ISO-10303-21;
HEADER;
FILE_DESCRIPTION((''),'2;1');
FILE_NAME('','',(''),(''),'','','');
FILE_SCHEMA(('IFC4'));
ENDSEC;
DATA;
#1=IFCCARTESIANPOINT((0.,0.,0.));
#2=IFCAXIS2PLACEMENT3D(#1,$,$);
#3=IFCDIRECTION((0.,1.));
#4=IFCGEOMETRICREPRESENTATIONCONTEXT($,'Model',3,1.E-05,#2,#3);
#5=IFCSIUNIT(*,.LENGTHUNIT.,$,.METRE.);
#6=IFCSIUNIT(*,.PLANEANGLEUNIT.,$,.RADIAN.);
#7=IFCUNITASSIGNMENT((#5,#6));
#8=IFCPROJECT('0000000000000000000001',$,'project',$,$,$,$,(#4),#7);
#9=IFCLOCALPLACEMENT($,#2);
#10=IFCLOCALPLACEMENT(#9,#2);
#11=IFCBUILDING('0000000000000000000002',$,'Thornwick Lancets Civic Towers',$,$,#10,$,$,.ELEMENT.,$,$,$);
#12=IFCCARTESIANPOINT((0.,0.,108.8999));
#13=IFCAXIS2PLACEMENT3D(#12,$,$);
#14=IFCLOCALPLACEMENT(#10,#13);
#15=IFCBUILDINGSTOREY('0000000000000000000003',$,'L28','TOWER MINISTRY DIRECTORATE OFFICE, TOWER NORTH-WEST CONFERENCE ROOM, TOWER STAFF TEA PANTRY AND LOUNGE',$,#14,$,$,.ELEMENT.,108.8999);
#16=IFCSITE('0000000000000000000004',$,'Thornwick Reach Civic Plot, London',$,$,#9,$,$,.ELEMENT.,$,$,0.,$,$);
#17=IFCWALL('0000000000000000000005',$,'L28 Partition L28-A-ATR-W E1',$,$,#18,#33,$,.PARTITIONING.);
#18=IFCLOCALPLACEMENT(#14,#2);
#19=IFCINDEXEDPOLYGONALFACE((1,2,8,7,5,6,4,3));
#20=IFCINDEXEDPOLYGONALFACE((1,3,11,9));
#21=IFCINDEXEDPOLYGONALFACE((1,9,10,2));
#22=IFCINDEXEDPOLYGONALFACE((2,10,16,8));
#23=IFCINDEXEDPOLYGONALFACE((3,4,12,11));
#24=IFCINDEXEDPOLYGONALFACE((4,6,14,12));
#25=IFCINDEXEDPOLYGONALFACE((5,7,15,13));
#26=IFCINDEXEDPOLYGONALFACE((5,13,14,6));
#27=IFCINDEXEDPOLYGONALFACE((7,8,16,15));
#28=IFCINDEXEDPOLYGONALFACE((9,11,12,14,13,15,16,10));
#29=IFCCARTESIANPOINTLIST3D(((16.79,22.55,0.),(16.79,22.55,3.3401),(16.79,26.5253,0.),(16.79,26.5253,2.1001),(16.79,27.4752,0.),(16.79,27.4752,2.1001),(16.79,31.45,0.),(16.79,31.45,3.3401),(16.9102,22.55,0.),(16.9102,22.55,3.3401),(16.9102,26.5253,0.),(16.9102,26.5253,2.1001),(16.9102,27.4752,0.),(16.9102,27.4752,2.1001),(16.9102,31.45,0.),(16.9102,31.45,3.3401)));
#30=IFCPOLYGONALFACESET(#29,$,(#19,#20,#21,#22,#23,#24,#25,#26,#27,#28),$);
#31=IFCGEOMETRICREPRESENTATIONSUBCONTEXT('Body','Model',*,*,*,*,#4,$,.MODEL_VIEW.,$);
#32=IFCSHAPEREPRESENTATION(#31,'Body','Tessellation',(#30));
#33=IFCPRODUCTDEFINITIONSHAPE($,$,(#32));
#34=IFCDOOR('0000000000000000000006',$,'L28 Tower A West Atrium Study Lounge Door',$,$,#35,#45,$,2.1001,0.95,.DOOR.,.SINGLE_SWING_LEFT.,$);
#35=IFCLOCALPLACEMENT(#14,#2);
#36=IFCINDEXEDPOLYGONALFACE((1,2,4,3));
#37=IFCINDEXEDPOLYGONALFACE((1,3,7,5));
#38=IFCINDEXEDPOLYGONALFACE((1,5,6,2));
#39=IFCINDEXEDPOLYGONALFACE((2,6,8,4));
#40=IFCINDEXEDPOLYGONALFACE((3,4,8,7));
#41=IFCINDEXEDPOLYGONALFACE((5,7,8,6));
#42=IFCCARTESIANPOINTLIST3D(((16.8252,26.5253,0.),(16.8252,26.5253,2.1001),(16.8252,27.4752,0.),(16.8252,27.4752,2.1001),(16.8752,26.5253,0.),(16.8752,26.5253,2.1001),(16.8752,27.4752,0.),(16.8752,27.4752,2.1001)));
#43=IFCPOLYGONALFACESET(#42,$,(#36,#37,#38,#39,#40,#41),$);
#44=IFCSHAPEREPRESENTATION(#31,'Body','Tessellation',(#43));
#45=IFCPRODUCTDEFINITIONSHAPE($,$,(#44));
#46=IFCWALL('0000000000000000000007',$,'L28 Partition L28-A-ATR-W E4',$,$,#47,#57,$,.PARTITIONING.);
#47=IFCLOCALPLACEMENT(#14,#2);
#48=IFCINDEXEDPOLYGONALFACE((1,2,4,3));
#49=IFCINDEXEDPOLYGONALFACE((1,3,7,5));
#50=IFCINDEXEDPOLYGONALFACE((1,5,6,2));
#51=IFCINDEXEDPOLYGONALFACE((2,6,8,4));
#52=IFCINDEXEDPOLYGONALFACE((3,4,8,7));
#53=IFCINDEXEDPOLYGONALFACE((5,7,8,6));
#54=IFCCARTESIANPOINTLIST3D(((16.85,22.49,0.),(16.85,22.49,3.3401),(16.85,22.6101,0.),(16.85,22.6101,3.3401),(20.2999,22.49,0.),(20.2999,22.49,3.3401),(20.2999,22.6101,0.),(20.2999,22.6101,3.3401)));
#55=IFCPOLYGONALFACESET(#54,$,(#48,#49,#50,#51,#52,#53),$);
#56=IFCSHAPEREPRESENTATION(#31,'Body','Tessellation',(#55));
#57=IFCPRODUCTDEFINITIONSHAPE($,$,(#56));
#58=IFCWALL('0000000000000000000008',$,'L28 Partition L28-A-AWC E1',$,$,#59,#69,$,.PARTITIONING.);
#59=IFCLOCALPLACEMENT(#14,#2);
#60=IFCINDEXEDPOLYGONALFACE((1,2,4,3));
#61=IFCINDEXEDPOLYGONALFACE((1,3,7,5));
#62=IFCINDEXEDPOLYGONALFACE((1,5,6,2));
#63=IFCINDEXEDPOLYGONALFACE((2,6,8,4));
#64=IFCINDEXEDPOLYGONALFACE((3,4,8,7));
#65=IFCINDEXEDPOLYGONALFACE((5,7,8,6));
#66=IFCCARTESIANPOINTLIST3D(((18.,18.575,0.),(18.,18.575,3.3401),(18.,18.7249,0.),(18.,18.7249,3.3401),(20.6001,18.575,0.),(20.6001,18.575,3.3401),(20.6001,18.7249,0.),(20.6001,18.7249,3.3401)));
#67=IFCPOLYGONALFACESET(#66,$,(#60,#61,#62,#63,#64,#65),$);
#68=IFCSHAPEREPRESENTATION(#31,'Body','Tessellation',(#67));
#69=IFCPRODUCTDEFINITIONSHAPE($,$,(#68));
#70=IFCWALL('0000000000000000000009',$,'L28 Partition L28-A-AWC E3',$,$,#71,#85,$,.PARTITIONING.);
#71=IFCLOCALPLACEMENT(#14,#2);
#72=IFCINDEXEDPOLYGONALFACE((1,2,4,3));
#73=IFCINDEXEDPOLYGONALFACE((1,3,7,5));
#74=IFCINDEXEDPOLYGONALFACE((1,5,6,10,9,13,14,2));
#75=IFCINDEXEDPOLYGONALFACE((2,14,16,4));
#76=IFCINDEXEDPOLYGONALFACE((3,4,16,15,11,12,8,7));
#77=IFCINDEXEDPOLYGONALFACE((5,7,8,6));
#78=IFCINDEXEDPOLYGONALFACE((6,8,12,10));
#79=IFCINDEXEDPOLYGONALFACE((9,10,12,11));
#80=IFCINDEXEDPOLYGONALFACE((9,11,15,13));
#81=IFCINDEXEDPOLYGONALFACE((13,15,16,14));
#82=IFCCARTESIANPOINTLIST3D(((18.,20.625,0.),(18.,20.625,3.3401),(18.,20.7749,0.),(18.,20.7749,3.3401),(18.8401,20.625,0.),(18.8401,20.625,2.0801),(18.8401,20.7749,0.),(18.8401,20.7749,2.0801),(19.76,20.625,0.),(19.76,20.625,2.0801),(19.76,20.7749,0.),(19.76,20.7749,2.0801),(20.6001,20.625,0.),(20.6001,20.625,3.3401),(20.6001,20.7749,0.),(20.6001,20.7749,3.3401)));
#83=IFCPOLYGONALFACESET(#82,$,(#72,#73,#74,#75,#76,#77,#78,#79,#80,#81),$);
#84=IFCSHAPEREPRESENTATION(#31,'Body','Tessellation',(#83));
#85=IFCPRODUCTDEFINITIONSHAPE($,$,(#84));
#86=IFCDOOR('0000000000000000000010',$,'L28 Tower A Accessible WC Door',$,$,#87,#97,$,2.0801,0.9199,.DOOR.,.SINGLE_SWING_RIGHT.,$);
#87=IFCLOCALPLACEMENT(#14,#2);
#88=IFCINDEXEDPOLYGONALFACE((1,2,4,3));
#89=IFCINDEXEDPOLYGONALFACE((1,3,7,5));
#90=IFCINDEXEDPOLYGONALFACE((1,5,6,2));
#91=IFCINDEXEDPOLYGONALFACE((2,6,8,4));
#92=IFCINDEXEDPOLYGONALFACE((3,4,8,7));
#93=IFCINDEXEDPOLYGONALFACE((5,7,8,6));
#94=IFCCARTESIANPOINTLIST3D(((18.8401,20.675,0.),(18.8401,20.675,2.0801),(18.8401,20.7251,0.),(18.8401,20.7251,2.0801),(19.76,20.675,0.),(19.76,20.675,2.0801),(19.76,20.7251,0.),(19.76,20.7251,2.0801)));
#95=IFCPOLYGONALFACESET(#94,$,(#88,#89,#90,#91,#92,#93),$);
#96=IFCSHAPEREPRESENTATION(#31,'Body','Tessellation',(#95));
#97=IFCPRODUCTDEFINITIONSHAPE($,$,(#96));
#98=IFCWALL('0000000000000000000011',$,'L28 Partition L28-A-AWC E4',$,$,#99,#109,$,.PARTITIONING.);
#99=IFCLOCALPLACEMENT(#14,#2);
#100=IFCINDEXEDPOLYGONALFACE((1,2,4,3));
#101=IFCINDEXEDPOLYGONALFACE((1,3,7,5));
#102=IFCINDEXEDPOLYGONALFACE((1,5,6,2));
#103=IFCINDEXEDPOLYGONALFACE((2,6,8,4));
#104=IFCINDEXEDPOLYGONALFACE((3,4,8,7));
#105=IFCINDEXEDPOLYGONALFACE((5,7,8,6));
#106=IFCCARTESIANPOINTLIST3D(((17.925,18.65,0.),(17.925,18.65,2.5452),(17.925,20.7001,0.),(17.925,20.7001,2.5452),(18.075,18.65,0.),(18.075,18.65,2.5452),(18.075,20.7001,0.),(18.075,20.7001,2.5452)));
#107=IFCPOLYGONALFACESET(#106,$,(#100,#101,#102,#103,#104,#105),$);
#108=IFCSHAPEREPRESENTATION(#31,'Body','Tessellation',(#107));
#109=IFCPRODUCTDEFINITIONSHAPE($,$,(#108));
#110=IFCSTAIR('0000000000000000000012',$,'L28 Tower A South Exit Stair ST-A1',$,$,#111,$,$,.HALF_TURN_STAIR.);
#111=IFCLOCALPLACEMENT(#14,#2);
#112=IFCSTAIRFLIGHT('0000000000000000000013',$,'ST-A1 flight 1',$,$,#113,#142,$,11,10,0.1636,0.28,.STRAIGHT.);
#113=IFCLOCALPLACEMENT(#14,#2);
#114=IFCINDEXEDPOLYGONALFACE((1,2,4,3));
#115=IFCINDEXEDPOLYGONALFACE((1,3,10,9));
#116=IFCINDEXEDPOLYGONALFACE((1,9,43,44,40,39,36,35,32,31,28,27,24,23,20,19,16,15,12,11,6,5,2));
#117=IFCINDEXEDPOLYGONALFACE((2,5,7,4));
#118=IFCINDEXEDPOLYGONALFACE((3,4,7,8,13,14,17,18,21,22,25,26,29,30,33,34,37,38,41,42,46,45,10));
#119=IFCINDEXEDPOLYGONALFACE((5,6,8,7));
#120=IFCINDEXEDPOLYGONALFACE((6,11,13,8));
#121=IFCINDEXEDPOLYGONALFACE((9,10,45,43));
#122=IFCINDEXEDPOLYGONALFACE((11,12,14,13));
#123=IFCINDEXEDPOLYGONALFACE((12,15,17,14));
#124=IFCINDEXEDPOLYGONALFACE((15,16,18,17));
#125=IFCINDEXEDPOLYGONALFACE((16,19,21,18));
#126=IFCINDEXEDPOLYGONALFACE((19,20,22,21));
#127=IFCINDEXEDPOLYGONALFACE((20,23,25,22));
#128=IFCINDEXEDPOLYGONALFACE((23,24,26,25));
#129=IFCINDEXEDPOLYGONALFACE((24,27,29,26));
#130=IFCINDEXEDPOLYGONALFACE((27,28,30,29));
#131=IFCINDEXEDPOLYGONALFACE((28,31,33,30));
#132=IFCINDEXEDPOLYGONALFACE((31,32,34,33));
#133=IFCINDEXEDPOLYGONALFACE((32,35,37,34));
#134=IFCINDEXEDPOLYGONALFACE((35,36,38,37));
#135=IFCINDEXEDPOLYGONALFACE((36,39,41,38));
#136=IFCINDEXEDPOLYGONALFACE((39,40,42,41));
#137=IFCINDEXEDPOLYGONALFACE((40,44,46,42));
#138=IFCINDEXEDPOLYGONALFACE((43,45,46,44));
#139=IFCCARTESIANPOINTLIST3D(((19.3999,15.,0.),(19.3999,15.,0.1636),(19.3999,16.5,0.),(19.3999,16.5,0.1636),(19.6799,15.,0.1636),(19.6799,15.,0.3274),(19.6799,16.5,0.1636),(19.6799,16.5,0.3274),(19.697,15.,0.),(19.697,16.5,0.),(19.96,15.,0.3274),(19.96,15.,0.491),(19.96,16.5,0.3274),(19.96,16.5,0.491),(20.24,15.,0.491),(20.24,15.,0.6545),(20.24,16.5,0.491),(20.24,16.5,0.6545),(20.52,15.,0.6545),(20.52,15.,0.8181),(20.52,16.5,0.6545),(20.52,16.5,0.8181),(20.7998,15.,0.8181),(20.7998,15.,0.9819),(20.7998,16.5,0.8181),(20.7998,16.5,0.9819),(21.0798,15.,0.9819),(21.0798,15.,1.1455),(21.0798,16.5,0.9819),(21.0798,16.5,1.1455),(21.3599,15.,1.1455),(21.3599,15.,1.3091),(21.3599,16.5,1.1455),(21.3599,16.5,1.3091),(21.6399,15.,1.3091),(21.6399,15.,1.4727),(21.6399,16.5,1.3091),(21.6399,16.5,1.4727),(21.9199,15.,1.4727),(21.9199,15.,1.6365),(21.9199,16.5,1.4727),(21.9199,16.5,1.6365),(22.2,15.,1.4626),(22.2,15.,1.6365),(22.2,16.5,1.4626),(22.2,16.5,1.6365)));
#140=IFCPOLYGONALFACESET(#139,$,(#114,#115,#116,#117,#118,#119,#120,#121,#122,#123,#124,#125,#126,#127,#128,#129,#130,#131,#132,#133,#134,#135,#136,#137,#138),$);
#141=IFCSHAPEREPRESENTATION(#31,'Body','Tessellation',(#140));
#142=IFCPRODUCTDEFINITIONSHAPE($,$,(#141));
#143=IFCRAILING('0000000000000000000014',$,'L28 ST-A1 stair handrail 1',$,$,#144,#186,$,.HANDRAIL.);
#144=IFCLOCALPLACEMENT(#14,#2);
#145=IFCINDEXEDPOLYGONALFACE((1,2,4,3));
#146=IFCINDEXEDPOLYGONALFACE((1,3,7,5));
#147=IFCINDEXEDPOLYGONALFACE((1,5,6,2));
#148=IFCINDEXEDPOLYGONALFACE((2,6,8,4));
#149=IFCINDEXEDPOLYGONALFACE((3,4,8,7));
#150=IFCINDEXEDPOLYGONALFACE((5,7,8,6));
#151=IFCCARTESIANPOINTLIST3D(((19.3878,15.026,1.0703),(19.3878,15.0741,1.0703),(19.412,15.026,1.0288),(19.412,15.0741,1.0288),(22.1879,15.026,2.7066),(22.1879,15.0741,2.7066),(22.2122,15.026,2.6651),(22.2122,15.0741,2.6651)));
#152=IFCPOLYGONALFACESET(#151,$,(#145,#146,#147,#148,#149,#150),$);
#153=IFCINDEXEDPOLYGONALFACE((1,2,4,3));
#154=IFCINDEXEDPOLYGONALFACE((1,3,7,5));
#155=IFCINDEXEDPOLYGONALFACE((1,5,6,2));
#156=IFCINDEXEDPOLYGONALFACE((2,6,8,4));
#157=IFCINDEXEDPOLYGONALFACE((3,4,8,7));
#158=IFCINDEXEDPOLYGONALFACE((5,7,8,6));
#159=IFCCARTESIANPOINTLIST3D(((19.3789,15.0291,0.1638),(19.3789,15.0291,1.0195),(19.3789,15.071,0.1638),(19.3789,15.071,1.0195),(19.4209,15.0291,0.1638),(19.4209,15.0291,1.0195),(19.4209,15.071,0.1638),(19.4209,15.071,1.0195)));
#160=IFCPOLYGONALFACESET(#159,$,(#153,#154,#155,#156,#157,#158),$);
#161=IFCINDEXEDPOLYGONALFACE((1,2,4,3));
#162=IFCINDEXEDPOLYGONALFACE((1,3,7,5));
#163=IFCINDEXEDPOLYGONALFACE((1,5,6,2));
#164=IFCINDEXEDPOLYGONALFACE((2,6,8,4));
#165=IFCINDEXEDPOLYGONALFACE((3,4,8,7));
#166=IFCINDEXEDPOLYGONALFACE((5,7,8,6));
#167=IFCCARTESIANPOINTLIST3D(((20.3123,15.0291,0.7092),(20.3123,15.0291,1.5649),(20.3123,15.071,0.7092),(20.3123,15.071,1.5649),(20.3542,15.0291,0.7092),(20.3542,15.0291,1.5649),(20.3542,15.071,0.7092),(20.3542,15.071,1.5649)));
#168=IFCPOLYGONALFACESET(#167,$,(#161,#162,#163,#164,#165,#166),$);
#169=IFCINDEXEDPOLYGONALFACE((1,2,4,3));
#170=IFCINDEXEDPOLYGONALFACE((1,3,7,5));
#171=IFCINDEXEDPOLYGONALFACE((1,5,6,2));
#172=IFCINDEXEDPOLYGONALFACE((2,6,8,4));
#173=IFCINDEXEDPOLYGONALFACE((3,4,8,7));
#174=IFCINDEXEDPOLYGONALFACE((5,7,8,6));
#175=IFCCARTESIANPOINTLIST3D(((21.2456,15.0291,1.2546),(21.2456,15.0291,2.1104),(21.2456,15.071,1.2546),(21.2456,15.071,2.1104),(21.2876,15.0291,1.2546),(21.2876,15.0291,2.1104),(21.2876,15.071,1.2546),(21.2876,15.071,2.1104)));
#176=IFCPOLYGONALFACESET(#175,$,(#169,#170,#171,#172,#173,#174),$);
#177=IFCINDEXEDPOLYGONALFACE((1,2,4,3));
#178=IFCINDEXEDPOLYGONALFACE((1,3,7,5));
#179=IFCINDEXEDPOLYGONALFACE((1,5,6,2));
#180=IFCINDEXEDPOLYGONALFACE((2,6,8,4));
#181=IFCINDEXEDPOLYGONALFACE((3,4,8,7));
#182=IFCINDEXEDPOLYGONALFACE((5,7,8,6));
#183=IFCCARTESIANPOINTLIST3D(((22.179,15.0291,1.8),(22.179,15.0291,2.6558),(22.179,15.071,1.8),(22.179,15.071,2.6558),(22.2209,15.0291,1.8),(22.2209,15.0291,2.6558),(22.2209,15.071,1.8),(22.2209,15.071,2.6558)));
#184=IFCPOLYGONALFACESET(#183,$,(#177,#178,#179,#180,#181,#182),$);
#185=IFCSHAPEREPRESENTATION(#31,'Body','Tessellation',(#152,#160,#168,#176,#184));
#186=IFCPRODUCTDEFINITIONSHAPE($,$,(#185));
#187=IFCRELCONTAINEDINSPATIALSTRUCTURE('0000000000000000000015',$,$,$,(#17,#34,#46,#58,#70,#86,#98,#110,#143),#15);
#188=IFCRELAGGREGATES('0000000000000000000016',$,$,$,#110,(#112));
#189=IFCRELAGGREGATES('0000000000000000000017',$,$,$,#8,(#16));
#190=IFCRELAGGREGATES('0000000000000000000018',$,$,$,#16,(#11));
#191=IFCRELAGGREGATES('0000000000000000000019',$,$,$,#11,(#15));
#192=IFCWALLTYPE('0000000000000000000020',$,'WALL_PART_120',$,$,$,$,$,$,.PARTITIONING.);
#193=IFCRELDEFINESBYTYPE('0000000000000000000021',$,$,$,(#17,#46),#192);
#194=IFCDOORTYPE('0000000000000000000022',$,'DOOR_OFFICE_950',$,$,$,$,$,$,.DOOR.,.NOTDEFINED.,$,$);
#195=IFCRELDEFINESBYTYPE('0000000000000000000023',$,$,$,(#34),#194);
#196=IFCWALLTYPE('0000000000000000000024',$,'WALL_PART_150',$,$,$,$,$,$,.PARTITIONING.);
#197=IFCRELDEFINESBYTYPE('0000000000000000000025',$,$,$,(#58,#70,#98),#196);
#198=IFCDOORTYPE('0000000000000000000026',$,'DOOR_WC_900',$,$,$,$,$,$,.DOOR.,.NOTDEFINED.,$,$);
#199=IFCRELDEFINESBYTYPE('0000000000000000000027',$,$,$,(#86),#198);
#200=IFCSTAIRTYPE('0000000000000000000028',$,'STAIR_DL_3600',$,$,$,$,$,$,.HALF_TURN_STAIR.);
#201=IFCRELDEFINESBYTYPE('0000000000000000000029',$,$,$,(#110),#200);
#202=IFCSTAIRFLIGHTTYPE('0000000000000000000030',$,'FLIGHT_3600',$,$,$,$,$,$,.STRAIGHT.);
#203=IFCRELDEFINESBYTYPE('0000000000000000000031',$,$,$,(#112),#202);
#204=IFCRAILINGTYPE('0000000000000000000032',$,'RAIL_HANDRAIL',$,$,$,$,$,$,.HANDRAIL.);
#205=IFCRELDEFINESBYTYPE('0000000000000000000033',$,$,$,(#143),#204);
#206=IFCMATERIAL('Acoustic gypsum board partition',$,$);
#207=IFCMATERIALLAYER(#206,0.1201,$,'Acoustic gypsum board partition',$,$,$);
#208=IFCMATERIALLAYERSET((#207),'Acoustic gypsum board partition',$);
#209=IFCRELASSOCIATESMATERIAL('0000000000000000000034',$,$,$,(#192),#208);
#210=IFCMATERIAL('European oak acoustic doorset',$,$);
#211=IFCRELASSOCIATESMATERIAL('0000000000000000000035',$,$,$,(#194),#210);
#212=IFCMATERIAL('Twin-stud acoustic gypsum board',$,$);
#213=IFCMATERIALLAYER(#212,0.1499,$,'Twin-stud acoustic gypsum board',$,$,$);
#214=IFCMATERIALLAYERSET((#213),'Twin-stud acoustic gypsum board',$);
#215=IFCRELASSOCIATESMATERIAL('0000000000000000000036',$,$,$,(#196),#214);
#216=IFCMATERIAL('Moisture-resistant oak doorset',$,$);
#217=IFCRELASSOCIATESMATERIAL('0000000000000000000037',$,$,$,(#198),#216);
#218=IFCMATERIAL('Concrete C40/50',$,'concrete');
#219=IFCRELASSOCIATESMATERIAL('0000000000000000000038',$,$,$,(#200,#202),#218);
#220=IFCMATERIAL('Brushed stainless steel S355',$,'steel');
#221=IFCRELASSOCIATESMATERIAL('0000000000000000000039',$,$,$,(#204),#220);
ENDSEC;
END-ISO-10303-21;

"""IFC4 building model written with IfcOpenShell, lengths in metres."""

from ifc_helpers import new_model, si_unit, direction, frame, frame_2d, origin, origin_2d, place, context, subcontext, project, spatial, polyline, rectangle, outline, extrude, material, layer, layer_set, type_object, element, fill, aggregate, save


model = new_model("IFC4")

# Units and contexts
model_context = context("Model", 3, precision=1e-05, world=origin(), true_north=direction((0.0, 1.0)))
body_context = subcontext(model_context, "Body", "Model", "MODEL_VIEW")
ifc_project = project(units=[si_unit("LENGTHUNIT", "METRE"), si_unit("PLANEANGLEUNIT", "RADIAN")], contexts=[model_context])

# Site, building, storey
site_placement = place(None, origin())
site = spatial("IfcSite", under=ifc_project, at=site_placement, Name="Thornwick Reach Civic Plot, London", CompositionType="ELEMENT", RefElevation=0.0)
building_placement = place(site_placement, origin())
building = spatial("IfcBuilding", under=site, at=building_placement, Name="Thornwick Lancets Civic Towers", CompositionType="ELEMENT")
storey_placement = place(building_placement, frame((0.0, 0.0, 108.8999)))
storey = spatial("IfcBuildingStorey", under=building, at=storey_placement, Name="L28", Description="TOWER MINISTRY DIRECTORATE OFFICE, TOWER NORTH-WEST CONFERENCE ROOM, TOWER STAFF TEA PANTRY AND LOUNGE", CompositionType="ELEMENT", Elevation=108.8999)

# Shared definitions
ifc_material_1 = material(Name="Acoustic gypsum board partition")
ifc_layer_1 = layer(ifc_material_1, 0.1201, Name="Acoustic gypsum board partition")
ifc_layer_set_1 = layer_set([ifc_layer_1], Name="Acoustic gypsum board partition")
wall_type_1 = type_object("IfcWallType", Name="WALL_PART_120", PredefinedType="PARTITIONING", material=ifc_layer_set_1)

# Wall, opening, door
wall_1_placement = place(storey_placement, frame((16.8501, 22.55, 0.0), z_axis=(0.0, 0.0, 1.0), x_axis=(0.0, 1.0, 0.0)))
wall_1 = element("IfcWall", 1, at=wall_1_placement, inside=storey, type_object=wall_type_1, Name="L28 Partition L28-A-ATR-W E1", PredefinedType="PARTITIONING", context=body_context, shape_type="SweptSolid", body=[
    extrude(rectangle(XDim=8.8999, YDim=0.1201, at=frame_2d((4.45, 0.0))), origin(), (0.0, 0.0, 1.0), 3.3401),
])
opening_1_placement = place(wall_1_placement, frame((3.9751, 0.0, 0.0)))
opening_1 = element("IfcOpeningElement", 2, at=opening_1_placement, cuts=wall_1, PredefinedType="OPENING", context=body_context, shape_type="SweptSolid", body=[
    extrude(rectangle(XDim=0.95, YDim=2.1001, at=frame_2d((0.4751, 1.05))), frame((0.0, 0.0701, 0.0), z_axis=(0.0, -1.0, 0.0), x_axis=(1.0, 0.0, 0.0)), (0.0, 0.0, 1.0), 0.1401),
])
ifc_material_2 = material(Name="European oak acoustic doorset")
door_type_1 = type_object("IfcDoorType", Name="DOOR_OFFICE_950", OperationType="NOTDEFINED", PredefinedType="DOOR", material=ifc_material_2)
door_1_placement = place(opening_1_placement, origin())
door_1 = element("IfcDoor", 3, at=door_1_placement, inside=storey, type_object=door_type_1, Name="L28 Tower A West Atrium Study Lounge Door", OperationType="SINGLE_SWING_LEFT", OverallHeight=2.1001, OverallWidth=0.95, PredefinedType="DOOR", context=body_context, shape_type="SweptSolid", body=[
    extrude(rectangle(XDim=0.95, YDim=2.1001, at=frame_2d((0.4751, 1.05))), frame((0.0, 0.0249, 0.0), z_axis=(0.0, -1.0, 0.0), x_axis=(1.0, 0.0, 0.0)), (0.0, 0.0, 1.0), 0.05),
])
fill(opening_1, door_1)

# Walls
wall_2_placement = place(storey_placement, frame((20.3, 22.55, 0.0), z_axis=(0.0, 0.0, 1.0), x_axis=(-1.0, 0.0, 0.0)))
element("IfcWall", 4, at=wall_2_placement, inside=storey, type_object=wall_type_1, Name="L28 Partition L28-A-ATR-W E4", PredefinedType="PARTITIONING", context=body_context, shape_type="SweptSolid", body=[
    extrude(rectangle(XDim=3.45, YDim=0.1201, at=frame_2d((1.7251, 0.0))), origin(), (0.0, 0.0, 1.0), 3.3401),
])
ifc_material_3 = material(Name="Twin-stud acoustic gypsum board")
ifc_layer_2 = layer(ifc_material_3, 0.1499, Name="Twin-stud acoustic gypsum board")
ifc_layer_set_2 = layer_set([ifc_layer_2], Name="Twin-stud acoustic gypsum board")
wall_type_2 = type_object("IfcWallType", Name="WALL_PART_150", PredefinedType="PARTITIONING", material=ifc_layer_set_2)
wall_3_placement = place(storey_placement, frame((18.0, 18.6499, 0.0), z_axis=(0.0, 0.0, 1.0), x_axis=(1.0, 0.0, 0.0)))
element("IfcWall", 5, at=wall_3_placement, inside=storey, type_object=wall_type_2, Name="L28 Partition L28-A-AWC E1", PredefinedType="PARTITIONING", context=body_context, shape_type="SweptSolid", body=[
    extrude(rectangle(XDim=2.6001, YDim=0.1499, at=frame_2d((1.3, 0.0))), origin(), (0.0, 0.0, 1.0), 3.3401),
])

# Wall, opening, door
wall_4_placement = place(storey_placement, frame((20.6001, 20.7, 0.0), z_axis=(0.0, 0.0, 1.0), x_axis=(-1.0, 0.0, 0.0)))
wall_4 = element("IfcWall", 6, at=wall_4_placement, inside=storey, type_object=wall_type_2, Name="L28 Partition L28-A-AWC E3", PredefinedType="PARTITIONING", context=body_context, shape_type="SweptSolid", body=[
    extrude(rectangle(XDim=2.6001, YDim=0.1499, at=frame_2d((1.3, 0.0))), origin(), (0.0, 0.0, 1.0), 3.3401),
])
opening_2_placement = place(wall_4_placement, frame((0.8401, 0.0, 0.0)))
opening_2 = element("IfcOpeningElement", 7, at=opening_2_placement, cuts=wall_4, PredefinedType="OPENING", context=body_context, shape_type="SweptSolid", body=[
    extrude(rectangle(XDim=0.9199, YDim=2.0801, at=frame_2d((0.46, 1.04))), frame((0.0, 0.085, 0.0), z_axis=(0.0, -1.0, 0.0), x_axis=(1.0, 0.0, 0.0)), (0.0, 0.0, 1.0), 0.1699),
])
ifc_material_4 = material(Name="Moisture-resistant oak doorset")
door_type_2 = type_object("IfcDoorType", Name="DOOR_WC_900", OperationType="NOTDEFINED", PredefinedType="DOOR", material=ifc_material_4)
door_2_placement = place(opening_2_placement, origin())
door_2 = element("IfcDoor", 8, at=door_2_placement, inside=storey, type_object=door_type_2, Name="L28 Tower A Accessible WC Door", OperationType="SINGLE_SWING_RIGHT", OverallHeight=2.0801, OverallWidth=0.9199, PredefinedType="DOOR", context=body_context, shape_type="SweptSolid", body=[
    extrude(rectangle(XDim=0.9199, YDim=2.0801, at=frame_2d((0.46, 1.04))), frame((0.0, 0.0249, 0.0), z_axis=(0.0, -1.0, 0.0), x_axis=(1.0, 0.0, 0.0)), (0.0, 0.0, 1.0), 0.05),
])
fill(opening_2, door_2)

# Wall
wall_5_placement = place(storey_placement, frame((18.0, 20.7, 0.0), z_axis=(0.0, 0.0, 1.0), x_axis=(0.0, -1.0, 0.0)))
element("IfcWall", 9, at=wall_5_placement, inside=storey, type_object=wall_type_2, Name="L28 Partition L28-A-AWC E4", PredefinedType="PARTITIONING", context=body_context, shape_type="SweptSolid", body=[
    extrude(rectangle(XDim=2.05, YDim=0.1499, at=frame_2d((1.0249, 0.0))), origin(), (0.0, 0.0, 1.0), 2.5452),
])

# Stair, stair flight
ifc_material_5 = material(Name="Concrete C40/50", Category="concrete")
stair_type = type_object("IfcStairType", Name="STAIR_DL_3600", PredefinedType="HALF_TURN_STAIR", material=ifc_material_5)
stair_placement = place(storey_placement, origin())
stair = element("IfcStair", 10, at=stair_placement, inside=storey, type_object=stair_type, Name="L28 Tower A South Exit Stair ST-A1", PredefinedType="HALF_TURN_STAIR")
stair_flight_type = type_object("IfcStairFlightType", Name="FLIGHT_3600", PredefinedType="STRAIGHT", material=ifc_material_5)
stair_flight_placement = place(storey_placement, frame((19.3999, 15.75, 0.0), z_axis=(0.0, 0.0, 1.0), x_axis=(1.0, 0.0, 0.0)))
stair_flight = element("IfcStairFlight", 11, at=stair_flight_placement, type_object=stair_flight_type, Name="ST-A1 flight 1", NumberOfRisers=11, NumberOfTreads=10, PredefinedType="STRAIGHT", RiserHeight=0.1636, TreadLength=0.28, context=body_context, shape_type="SweptSolid", body=[
    extrude(outline(polyline([(0.0, 0.0), (0.0, 0.1636), (0.28, 0.1636), (0.28, 0.3274), (0.5601, 0.3274), (0.5601, 0.491), (0.8401, 0.491), (0.8401, 0.6545), (1.1201, 0.6545), (1.1201, 0.8181), (1.3999, 0.8181), (1.3999, 0.9819), (1.6799, 0.9819), (1.6799, 1.1455), (1.96, 1.1455), (1.96, 1.3091), (2.24, 1.3091), (2.24, 1.4727), (2.52, 1.4727), (2.52, 1.6365), (2.8, 1.6365), (2.8, 1.8), (2.8, 1.4626), (0.2971, 0.0), (0.0, 0.0)])), frame((0.0, 0.75, 0.0), z_axis=(0.0, -1.0, 0.0), x_axis=(1.0, 0.0, 0.0)), (0.0, 0.0, 1.0), 1.5),
])
aggregate(stair, [stair_flight])

# Railing
ifc_material_6 = material(Name="Brushed stainless steel S355", Category="steel")
railing_type_1 = type_object("IfcRailingType", Name="RAIL_HANDRAIL", PredefinedType="HANDRAIL", material=ifc_material_6)
railing_1_placement = place(storey_placement, frame((19.3999, 15.05, 0.1638)))
element("IfcRailing", 12, at=railing_1_placement, inside=storey, type_object=railing_type_1, Name="L28 ST-A1 stair handrail 1", PredefinedType="HANDRAIL", context=body_context, shape_type="SweptSolid", body=[
    extrude(rectangle(XDim=0.0481, YDim=0.0481, at=origin_2d()), frame((0.0, 0.0, 0.8857), z_axis=(0.863394, 0.0, 0.504531), x_axis=(0.0, 1.0, 0.0)), (0.0, 0.0, 1.0), 3.2432),
    extrude(rectangle(XDim=0.042, YDim=0.042, at=origin_2d()), origin(), (0.0, 0.0, 1.0), 0.8557),
    extrude(rectangle(XDim=0.042, YDim=0.042, at=origin_2d()), frame((0.9333, 0.0, 0.5454)), (0.0, 0.0, 1.0), 0.8557),
    extrude(rectangle(XDim=0.042, YDim=0.042, at=origin_2d()), frame((1.8667, 0.0, 1.0908)), (0.0, 0.0, 1.0), 0.8557),
    extrude(rectangle(XDim=0.042, YDim=0.042, at=origin_2d()), frame((2.8, 0.0, 1.6362)), (0.0, 0.0, 1.0), 0.8557),
])

save(model, "model.ifc")
